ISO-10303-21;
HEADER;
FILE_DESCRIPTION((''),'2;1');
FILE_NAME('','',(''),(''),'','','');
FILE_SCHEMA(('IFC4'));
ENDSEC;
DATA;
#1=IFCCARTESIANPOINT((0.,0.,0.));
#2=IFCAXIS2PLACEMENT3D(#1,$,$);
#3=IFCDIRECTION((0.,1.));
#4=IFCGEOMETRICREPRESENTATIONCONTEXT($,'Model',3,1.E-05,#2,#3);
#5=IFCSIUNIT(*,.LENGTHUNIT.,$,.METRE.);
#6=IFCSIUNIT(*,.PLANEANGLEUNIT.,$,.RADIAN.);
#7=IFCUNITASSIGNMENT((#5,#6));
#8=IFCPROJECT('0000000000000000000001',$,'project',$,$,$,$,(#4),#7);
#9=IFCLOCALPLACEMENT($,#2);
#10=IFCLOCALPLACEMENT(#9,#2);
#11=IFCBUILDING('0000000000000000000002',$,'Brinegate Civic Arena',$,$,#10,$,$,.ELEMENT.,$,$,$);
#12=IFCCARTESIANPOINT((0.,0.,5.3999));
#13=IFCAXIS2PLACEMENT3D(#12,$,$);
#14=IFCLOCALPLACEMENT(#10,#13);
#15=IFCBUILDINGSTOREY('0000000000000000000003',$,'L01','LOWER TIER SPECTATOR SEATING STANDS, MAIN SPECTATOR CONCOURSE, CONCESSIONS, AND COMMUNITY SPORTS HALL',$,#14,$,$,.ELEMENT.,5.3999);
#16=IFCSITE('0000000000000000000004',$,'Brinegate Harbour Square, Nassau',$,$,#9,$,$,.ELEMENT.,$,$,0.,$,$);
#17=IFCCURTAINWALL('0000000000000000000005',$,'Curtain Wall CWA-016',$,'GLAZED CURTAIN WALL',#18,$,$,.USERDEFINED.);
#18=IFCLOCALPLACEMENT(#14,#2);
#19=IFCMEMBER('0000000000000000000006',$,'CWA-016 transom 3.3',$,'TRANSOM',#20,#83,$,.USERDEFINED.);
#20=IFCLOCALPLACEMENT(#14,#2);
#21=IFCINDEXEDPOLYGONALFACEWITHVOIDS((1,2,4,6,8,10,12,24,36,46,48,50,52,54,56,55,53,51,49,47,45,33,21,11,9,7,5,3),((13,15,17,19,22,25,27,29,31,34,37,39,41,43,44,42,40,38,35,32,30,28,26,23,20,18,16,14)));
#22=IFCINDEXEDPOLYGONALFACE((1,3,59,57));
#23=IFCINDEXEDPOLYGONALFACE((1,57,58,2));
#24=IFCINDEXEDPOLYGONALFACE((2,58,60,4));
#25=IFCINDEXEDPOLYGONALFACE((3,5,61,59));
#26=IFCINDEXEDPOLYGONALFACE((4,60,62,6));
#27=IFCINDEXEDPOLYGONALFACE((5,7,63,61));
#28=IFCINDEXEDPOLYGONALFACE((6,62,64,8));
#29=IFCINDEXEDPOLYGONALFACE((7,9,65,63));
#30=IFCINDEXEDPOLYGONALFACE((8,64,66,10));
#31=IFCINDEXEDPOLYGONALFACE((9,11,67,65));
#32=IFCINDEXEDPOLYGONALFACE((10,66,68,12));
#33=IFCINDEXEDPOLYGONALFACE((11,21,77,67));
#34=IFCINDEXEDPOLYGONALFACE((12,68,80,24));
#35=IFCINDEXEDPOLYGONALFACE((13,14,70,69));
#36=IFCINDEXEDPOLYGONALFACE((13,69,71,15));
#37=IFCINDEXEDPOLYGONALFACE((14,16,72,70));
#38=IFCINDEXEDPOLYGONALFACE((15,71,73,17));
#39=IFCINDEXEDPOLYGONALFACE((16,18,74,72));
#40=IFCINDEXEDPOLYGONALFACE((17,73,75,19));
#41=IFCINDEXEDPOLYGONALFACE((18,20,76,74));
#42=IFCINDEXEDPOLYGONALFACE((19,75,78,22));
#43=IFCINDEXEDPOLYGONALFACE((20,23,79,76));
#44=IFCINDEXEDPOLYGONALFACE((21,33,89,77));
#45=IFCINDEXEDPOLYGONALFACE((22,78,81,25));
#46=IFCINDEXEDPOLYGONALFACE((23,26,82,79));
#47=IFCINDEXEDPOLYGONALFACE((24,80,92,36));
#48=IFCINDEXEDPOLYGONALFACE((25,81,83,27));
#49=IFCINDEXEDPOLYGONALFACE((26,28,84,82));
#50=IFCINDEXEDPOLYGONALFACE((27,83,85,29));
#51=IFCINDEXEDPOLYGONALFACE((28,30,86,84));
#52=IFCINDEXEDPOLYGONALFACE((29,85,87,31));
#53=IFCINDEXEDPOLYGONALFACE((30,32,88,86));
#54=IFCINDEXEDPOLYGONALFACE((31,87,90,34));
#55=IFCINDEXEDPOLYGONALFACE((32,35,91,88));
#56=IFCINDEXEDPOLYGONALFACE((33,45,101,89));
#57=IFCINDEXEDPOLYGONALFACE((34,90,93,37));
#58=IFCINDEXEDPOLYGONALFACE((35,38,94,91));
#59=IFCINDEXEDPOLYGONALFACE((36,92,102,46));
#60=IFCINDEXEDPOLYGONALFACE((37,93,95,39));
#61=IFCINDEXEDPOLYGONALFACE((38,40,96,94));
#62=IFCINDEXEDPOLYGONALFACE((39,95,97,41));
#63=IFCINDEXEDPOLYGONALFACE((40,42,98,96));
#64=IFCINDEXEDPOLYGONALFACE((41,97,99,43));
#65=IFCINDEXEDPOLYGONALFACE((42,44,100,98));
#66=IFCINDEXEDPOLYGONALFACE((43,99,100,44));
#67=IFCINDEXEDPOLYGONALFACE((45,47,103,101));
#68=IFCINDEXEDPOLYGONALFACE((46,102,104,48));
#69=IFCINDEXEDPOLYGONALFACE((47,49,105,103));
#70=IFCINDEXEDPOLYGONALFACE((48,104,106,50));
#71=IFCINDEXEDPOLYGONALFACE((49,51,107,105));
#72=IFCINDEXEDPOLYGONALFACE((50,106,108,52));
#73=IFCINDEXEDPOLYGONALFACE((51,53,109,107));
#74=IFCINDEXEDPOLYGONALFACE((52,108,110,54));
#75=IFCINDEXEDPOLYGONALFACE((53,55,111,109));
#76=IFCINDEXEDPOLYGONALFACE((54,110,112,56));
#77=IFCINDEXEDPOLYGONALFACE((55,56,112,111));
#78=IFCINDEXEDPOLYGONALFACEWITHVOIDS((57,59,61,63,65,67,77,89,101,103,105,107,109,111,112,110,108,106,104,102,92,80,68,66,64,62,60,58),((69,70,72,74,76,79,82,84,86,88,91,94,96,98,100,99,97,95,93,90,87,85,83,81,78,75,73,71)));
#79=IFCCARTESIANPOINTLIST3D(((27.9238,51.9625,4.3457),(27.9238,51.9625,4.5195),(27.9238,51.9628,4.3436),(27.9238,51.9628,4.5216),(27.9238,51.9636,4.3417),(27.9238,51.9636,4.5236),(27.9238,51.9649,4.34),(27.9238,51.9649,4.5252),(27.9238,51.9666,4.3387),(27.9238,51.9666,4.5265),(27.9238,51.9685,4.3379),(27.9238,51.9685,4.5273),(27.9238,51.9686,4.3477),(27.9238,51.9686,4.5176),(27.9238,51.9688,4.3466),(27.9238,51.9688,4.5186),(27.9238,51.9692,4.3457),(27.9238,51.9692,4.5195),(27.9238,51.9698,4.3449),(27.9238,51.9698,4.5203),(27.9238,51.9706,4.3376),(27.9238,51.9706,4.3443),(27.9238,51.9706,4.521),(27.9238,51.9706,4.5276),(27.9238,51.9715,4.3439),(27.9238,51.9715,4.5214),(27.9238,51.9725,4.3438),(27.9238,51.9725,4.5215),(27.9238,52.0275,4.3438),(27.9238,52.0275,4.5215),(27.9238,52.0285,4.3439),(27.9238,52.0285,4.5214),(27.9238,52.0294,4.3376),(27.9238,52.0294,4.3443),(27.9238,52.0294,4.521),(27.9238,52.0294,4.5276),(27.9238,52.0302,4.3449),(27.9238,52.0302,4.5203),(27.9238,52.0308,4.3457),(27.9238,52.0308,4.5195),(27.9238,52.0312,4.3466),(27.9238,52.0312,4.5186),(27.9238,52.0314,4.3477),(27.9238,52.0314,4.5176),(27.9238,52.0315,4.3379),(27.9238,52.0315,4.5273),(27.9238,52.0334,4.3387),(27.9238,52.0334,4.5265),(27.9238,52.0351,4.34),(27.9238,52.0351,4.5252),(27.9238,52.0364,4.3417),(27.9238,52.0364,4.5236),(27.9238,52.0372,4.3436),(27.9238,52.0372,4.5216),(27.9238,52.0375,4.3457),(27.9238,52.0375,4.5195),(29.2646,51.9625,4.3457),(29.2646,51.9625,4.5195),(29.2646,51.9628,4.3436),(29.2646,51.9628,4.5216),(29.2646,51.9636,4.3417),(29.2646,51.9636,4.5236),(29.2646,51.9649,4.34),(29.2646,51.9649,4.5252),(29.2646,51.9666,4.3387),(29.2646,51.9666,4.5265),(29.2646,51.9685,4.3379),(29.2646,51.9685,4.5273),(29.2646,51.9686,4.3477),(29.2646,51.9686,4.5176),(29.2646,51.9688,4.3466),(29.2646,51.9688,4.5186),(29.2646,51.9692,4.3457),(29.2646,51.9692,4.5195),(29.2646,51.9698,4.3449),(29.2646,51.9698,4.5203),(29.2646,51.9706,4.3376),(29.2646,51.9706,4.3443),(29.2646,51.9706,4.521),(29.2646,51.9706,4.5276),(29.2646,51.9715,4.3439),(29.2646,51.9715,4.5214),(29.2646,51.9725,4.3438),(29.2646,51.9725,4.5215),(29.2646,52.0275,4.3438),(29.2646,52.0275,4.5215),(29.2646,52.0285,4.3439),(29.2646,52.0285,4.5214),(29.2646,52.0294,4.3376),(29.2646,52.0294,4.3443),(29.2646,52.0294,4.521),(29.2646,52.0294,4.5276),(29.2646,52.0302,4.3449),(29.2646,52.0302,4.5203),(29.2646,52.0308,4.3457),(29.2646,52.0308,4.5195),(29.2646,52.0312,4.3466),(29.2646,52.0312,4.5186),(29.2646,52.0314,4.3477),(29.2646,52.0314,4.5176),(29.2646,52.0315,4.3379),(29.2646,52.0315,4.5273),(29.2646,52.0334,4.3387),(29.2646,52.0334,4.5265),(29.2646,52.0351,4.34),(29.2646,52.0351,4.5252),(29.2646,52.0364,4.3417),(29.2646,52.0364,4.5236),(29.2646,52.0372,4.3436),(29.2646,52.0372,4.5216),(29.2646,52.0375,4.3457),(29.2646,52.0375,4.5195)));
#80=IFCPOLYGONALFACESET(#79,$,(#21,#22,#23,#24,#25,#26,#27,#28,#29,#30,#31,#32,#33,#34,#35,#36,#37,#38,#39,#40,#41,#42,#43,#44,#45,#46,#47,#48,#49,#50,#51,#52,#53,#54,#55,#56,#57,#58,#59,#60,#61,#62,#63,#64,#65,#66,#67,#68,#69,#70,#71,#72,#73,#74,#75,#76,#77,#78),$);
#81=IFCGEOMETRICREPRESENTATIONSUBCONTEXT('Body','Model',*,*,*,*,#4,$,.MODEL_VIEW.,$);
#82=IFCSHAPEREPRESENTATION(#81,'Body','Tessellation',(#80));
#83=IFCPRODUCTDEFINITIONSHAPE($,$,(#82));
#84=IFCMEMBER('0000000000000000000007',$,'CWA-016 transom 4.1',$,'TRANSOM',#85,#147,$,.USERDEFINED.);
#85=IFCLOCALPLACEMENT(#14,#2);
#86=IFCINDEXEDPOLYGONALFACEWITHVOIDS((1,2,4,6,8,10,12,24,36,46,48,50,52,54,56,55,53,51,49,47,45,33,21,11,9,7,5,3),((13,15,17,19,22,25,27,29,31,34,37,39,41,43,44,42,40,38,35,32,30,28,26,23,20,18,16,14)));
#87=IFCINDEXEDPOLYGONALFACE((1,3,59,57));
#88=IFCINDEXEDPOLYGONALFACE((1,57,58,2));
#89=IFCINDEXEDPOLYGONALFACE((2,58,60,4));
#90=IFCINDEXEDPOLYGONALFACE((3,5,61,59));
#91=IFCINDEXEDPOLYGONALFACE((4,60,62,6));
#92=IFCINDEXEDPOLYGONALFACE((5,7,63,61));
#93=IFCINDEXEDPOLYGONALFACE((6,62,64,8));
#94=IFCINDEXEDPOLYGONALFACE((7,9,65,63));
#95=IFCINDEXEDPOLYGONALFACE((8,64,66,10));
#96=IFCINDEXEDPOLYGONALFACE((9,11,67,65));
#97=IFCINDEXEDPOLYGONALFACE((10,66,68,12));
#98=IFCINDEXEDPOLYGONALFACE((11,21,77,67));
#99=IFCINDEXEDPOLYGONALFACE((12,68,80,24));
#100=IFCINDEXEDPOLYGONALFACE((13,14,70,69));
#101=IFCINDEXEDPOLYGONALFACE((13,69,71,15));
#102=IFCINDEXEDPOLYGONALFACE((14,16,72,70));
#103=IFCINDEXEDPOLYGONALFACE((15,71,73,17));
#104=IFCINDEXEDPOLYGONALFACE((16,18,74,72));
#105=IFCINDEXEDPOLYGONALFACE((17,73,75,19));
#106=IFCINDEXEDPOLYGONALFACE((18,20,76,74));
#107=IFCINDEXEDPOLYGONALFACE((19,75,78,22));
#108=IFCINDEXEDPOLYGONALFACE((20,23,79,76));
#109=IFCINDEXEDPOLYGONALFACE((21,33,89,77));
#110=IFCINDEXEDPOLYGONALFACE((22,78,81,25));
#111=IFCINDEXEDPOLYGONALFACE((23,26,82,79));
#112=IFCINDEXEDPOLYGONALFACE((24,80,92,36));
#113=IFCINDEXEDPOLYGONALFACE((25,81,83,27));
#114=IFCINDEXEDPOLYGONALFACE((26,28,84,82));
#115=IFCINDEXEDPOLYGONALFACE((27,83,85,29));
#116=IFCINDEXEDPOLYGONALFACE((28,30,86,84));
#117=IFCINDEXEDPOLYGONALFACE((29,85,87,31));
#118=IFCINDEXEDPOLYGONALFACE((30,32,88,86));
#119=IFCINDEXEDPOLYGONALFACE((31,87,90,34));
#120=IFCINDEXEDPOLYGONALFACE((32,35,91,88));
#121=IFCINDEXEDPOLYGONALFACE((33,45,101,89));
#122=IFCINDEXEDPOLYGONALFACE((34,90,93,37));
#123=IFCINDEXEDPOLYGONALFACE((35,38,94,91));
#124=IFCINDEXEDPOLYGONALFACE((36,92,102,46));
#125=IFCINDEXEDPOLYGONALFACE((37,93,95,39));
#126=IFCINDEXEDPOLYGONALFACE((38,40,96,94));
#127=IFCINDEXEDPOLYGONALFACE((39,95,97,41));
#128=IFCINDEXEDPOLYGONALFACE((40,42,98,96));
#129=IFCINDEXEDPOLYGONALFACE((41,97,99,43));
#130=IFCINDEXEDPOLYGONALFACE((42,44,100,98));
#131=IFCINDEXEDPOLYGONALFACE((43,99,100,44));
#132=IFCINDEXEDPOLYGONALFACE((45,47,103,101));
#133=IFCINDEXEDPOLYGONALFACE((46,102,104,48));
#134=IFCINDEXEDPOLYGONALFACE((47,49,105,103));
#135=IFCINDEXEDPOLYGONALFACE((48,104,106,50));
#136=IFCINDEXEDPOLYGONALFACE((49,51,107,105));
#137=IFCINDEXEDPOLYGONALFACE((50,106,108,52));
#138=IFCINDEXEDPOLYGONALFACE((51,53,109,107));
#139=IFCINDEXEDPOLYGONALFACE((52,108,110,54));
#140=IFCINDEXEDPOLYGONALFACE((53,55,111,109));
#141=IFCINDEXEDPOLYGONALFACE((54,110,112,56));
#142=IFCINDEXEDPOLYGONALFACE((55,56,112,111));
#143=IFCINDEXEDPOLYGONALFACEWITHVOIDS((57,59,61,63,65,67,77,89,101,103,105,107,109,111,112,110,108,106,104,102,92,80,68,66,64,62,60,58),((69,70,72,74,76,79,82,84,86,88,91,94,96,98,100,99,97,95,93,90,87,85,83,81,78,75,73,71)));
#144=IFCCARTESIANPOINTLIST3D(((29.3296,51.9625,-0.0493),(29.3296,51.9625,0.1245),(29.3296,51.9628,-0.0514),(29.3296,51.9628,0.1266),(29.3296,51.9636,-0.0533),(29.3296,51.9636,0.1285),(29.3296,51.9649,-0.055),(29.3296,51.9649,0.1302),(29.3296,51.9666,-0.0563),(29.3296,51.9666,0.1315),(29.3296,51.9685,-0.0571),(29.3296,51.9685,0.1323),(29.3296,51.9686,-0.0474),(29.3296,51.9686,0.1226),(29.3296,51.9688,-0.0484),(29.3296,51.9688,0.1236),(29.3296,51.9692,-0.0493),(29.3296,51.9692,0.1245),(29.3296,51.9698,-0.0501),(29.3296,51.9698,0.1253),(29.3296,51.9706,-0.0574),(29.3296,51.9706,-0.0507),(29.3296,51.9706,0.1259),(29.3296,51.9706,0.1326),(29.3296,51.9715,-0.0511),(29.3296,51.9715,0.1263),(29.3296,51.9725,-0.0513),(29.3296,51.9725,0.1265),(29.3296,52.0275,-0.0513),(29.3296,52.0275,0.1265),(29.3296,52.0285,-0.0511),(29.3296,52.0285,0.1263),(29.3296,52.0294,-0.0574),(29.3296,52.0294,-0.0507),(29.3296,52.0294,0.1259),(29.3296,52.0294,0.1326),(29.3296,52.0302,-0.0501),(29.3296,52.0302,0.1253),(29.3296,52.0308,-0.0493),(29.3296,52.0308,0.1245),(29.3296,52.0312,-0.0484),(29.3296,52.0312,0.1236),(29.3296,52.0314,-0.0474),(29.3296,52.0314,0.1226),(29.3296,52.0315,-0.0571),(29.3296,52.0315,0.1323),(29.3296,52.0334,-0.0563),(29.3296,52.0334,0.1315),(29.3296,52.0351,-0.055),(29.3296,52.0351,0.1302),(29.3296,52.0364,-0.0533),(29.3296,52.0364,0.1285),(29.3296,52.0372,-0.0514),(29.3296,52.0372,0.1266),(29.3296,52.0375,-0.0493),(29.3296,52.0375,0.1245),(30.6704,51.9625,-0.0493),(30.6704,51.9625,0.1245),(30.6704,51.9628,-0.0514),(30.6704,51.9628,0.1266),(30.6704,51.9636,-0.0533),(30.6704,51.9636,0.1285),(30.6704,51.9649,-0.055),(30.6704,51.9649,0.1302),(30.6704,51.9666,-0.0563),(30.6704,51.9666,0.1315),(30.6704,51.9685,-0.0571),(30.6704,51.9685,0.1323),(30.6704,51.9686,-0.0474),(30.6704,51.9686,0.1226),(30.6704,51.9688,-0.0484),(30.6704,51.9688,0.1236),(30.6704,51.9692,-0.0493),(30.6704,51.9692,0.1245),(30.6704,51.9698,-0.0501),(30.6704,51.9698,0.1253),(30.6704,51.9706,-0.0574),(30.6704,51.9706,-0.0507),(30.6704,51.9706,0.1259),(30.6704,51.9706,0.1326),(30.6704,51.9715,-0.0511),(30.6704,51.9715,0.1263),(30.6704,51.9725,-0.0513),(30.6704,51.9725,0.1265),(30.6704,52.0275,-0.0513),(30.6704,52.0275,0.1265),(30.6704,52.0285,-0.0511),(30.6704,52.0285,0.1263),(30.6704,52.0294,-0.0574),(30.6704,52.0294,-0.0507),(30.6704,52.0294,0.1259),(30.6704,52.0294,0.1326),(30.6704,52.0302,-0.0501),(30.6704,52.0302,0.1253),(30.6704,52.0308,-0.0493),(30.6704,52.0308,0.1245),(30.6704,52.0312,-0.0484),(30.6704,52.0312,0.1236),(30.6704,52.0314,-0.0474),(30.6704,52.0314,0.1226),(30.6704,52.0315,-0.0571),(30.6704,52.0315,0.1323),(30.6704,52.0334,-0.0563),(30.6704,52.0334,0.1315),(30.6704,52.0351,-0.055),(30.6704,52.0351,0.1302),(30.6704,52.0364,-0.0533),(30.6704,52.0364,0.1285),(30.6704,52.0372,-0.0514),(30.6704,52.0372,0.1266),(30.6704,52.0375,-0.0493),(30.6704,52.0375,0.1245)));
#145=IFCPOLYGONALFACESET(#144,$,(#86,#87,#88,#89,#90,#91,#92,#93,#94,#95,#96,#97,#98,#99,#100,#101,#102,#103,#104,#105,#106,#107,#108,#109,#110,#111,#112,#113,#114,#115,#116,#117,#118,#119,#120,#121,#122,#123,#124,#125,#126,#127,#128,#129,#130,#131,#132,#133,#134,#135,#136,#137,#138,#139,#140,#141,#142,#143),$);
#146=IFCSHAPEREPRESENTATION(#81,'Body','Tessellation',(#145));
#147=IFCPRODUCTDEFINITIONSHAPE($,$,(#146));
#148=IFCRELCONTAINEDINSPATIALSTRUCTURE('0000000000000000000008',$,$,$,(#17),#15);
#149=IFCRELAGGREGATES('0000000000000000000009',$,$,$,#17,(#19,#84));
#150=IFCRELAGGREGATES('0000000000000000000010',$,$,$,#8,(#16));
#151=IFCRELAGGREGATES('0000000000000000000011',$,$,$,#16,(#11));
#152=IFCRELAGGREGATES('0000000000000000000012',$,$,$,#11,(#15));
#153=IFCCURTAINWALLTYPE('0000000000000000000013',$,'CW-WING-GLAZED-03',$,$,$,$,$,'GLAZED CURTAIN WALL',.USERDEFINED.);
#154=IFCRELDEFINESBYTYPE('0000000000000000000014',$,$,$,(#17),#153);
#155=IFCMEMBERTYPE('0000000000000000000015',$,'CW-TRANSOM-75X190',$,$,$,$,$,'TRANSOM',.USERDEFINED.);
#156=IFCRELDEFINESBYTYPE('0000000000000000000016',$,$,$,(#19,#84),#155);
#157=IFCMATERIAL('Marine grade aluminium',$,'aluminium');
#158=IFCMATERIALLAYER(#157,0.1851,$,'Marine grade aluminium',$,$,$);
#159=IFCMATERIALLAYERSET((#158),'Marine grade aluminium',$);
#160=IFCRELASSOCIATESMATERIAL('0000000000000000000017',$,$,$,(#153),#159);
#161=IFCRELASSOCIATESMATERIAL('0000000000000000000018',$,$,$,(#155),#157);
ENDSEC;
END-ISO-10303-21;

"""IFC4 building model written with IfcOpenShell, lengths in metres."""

from ifc_helpers import new_model, si_unit, direction, frame, origin, origin_2d, place, context, subcontext, project, spatial, hollow_rectangle, extrude, material, layer, layer_set, material_profile, profile_set, type_object, element, aggregate, save


model = new_model("IFC4")

# Units and contexts
model_context = context("Model", 3, precision=1e-05, world=origin(), true_north=direction((0.0, 1.0)))
body_context = subcontext(model_context, "Body", "Model", "MODEL_VIEW")
ifc_project = project(units=[si_unit("LENGTHUNIT", "METRE"), si_unit("PLANEANGLEUNIT", "RADIAN")], contexts=[model_context])

# Site, building, storey
site_placement = place(None, origin())
site = spatial("IfcSite", under=ifc_project, at=site_placement, Name="Brinegate Harbour Square, Nassau", CompositionType="ELEMENT", RefElevation=0.0)
building_placement = place(site_placement, origin())
building = spatial("IfcBuilding", under=site, at=building_placement, Name="Brinegate Civic Arena", CompositionType="ELEMENT")
storey_placement = place(building_placement, frame((0.0, 0.0, 5.3999)))
storey = spatial("IfcBuildingStorey", under=building, at=storey_placement, Name="L01", Description="LOWER TIER SPECTATOR SEATING STANDS, MAIN SPECTATOR CONCOURSE, CONCESSIONS, AND COMMUNITY SPORTS HALL", CompositionType="ELEMENT", Elevation=5.3999)

# Shared definitions
ifc_material_1 = material(Name="Marine grade aluminium", Category="aluminium")

# Curtain wall
ifc_layer_1 = layer(ifc_material_1, 0.1851, Name="Marine grade aluminium")
ifc_layer_set_1 = layer_set([ifc_layer_1], Name="Marine grade aluminium")
curtain_wall_type_1 = type_object("IfcCurtainWallType", Name="CW-WING-GLAZED-03", ElementType="GLAZED CURTAIN WALL", PredefinedType="USERDEFINED", material=ifc_layer_set_1)
curtain_wall_1_placement = place(storey_placement, origin())
curtain_wall_1 = element("IfcCurtainWall", 1, at=curtain_wall_1_placement, inside=storey, type_object=curtain_wall_type_1, Name="Curtain Wall CWA-016", ObjectType="GLAZED CURTAIN WALL", PredefinedType="USERDEFINED")

# Members
ifc_material_profile_1 = material_profile(ifc_material_1, hollow_rectangle(XDim=0.075, YDim=0.1899, WallThickness=0.0061, InnerFilletRadius=0.0039, OuterFilletRadius=0.0081, at=origin_2d()), Name="TRN75X190")
ifc_profile_set_1 = profile_set([ifc_material_profile_1], Name="Marine grade aluminium")
member_type_1 = type_object("IfcMemberType", Name="CW-TRANSOM-75X190", ElementType="TRANSOM", PredefinedType="USERDEFINED", material=ifc_profile_set_1)
member_1_placement = place(storey_placement, frame((27.9238, 52.0, 4.4326), z_axis=(1.0, 0.0, 0.0), x_axis=(0.0, 1.0, 0.0)))
member_1 = element("IfcMember", 2, at=member_1_placement, type_object=member_type_1, Name="CWA-016 transom 3.3", ObjectType="TRANSOM", PredefinedType="USERDEFINED", context=body_context, shape_type="SweptSolid", body=[
    extrude(hollow_rectangle(XDim=0.075, YDim=0.1899, WallThickness=0.0061, InnerFilletRadius=0.0039, OuterFilletRadius=0.0081, at=origin_2d()), origin(), (0.0, 0.0, 1.0), 1.3408),
])
member_2_placement = place(storey_placement, frame((29.3296, 52.0, 0.0376), z_axis=(1.0, 0.0, 0.0), x_axis=(0.0, 1.0, 0.0)))
member_2 = element("IfcMember", 3, at=member_2_placement, type_object=member_type_1, Name="CWA-016 transom 4.1", ObjectType="TRANSOM", PredefinedType="USERDEFINED", context=body_context, shape_type="SweptSolid", body=[
    extrude(hollow_rectangle(XDim=0.075, YDim=0.1899, WallThickness=0.0061, InnerFilletRadius=0.0039, OuterFilletRadius=0.0081, at=origin_2d()), origin(), (0.0, 0.0, 1.0), 1.3408),
])

aggregate(curtain_wall_1, [member_1, member_2])

save(model, "model.ifc")
